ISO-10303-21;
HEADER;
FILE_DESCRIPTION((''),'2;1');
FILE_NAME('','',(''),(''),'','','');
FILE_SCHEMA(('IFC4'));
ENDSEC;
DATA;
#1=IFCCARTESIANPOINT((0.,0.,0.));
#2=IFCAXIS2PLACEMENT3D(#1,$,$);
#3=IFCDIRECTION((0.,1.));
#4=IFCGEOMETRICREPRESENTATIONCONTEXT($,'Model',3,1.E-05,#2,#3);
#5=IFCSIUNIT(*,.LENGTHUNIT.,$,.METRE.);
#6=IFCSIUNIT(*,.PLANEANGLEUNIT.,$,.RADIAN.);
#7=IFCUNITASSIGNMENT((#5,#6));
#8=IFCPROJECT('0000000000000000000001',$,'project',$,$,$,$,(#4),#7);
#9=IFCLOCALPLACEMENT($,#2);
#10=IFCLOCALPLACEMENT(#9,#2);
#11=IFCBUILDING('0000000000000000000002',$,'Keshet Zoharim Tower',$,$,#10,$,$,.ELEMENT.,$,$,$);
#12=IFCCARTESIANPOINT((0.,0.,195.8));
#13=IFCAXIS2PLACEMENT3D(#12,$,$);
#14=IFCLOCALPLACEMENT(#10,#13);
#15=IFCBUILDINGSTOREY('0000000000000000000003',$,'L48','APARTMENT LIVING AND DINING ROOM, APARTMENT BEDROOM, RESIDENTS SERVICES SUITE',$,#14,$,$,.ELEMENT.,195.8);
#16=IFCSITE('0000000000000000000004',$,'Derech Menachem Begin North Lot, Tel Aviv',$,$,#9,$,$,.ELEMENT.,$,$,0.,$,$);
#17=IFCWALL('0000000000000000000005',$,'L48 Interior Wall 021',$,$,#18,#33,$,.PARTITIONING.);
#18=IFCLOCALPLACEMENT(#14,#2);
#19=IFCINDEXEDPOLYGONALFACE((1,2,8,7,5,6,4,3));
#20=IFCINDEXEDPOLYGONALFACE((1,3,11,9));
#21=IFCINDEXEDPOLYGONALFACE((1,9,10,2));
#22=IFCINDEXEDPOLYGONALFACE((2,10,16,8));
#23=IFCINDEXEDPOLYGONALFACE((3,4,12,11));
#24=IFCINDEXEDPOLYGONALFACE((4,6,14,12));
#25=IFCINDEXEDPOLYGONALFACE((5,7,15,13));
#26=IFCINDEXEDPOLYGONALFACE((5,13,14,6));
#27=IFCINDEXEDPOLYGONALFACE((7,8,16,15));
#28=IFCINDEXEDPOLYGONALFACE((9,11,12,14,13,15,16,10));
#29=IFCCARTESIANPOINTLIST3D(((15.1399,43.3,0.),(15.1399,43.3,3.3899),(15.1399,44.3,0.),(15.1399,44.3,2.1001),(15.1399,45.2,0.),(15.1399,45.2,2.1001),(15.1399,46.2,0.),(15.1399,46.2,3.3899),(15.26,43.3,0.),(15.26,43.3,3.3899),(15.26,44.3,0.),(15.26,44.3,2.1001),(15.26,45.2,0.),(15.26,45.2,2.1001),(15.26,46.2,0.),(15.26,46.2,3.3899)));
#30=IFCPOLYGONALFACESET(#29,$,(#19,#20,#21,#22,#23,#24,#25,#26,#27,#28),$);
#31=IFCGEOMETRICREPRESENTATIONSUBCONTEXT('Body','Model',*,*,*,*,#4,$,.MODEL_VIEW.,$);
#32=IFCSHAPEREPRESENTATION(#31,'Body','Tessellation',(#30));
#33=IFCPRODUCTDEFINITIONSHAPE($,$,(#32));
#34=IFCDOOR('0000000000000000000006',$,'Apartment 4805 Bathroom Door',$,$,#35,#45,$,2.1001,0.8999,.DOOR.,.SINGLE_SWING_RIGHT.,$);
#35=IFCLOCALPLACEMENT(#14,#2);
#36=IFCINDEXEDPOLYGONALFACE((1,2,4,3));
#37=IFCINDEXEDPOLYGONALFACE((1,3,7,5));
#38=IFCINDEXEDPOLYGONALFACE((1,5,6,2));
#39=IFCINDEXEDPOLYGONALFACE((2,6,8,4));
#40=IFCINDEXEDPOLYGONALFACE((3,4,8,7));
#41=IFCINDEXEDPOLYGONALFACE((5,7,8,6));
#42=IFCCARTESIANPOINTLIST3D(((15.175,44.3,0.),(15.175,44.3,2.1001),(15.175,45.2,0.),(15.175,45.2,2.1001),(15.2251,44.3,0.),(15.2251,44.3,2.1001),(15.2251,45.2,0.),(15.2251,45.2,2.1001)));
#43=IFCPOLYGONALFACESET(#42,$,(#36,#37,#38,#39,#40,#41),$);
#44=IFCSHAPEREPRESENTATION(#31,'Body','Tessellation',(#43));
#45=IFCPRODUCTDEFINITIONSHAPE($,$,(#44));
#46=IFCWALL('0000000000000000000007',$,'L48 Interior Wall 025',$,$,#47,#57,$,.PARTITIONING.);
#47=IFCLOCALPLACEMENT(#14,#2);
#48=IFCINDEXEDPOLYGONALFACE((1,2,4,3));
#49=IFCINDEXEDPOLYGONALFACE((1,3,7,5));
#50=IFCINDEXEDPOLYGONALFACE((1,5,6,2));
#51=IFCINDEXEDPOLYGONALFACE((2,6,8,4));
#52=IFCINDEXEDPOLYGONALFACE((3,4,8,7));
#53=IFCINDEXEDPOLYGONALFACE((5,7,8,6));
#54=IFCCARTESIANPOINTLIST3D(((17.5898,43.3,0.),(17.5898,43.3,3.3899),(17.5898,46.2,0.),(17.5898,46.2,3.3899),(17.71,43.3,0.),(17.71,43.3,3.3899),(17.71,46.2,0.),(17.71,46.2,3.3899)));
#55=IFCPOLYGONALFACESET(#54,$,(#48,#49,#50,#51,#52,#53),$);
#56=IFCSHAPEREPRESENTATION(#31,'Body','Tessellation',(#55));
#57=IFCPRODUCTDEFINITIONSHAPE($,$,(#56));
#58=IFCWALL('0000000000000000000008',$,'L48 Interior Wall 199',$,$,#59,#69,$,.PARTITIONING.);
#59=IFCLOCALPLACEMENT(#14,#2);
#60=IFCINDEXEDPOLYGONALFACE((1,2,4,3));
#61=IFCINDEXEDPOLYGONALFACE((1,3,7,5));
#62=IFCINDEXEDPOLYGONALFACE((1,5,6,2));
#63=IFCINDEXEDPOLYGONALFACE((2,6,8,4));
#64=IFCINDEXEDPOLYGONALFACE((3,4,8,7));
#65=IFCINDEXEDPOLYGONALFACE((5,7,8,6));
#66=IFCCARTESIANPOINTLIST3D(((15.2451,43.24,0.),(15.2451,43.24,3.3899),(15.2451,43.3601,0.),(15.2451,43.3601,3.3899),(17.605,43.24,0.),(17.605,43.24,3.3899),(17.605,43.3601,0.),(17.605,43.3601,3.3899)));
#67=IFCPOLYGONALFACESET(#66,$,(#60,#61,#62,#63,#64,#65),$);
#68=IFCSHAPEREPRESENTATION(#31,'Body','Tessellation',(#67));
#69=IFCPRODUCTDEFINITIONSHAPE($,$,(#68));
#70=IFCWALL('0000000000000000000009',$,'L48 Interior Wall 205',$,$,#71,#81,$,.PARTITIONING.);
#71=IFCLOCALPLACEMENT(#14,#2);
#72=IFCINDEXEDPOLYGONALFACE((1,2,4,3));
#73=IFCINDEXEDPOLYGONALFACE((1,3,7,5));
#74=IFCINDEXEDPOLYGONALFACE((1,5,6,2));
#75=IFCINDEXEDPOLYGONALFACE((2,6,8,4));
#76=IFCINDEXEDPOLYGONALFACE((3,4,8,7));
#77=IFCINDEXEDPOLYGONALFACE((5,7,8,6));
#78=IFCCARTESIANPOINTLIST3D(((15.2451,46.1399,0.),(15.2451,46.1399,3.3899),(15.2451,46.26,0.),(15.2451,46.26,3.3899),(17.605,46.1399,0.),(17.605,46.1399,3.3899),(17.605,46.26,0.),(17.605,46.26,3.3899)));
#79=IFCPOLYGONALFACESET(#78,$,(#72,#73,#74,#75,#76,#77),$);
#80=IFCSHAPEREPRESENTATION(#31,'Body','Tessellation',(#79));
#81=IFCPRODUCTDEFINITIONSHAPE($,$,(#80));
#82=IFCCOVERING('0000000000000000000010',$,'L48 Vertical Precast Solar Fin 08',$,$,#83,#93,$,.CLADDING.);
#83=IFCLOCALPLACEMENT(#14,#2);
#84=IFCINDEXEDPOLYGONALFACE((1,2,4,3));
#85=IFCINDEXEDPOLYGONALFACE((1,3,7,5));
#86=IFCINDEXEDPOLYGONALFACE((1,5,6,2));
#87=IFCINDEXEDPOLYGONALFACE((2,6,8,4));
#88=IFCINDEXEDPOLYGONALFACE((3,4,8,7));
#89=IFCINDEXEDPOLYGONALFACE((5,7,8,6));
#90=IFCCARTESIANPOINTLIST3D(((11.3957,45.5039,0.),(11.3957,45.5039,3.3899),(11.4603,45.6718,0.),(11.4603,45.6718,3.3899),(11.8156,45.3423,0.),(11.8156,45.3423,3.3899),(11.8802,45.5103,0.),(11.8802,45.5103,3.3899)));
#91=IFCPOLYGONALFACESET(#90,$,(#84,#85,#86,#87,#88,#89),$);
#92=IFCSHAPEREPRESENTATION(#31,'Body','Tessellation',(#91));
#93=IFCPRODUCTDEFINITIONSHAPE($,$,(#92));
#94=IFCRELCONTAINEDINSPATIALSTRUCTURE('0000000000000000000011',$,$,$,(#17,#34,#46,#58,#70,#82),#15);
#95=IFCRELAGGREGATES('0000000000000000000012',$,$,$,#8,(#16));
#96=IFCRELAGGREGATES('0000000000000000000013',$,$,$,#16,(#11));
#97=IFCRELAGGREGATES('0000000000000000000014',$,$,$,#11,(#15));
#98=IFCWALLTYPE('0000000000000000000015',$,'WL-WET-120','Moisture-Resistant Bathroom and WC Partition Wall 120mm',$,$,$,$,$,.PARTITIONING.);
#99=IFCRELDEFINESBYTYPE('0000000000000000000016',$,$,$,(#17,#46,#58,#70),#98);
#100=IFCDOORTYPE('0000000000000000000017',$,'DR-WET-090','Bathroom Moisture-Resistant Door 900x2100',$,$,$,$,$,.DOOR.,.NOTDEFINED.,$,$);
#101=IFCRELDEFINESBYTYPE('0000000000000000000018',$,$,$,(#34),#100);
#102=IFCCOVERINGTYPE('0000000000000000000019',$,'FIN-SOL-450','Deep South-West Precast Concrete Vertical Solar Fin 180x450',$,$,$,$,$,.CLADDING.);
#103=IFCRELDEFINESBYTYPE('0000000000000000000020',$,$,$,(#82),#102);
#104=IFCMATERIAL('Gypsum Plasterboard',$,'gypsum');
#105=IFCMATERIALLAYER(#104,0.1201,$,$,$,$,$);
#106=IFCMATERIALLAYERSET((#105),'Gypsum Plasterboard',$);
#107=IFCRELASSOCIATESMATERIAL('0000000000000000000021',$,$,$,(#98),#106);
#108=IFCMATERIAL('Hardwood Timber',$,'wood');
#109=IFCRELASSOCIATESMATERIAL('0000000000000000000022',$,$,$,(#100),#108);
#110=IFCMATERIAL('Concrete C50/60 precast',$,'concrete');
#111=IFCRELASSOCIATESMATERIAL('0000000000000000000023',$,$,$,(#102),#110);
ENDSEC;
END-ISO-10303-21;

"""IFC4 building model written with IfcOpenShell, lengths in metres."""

from ifc_helpers import new_model, si_unit, direction, frame, frame_2d, origin, origin_2d, place, context, subcontext, project, spatial, rectangle, extrude, material, layer, layer_set, type_object, element, fill, save


model = new_model("IFC4")

# Units and contexts
model_context = context("Model", 3, precision=1e-05, world=origin(), true_north=direction((0.0, 1.0)))
body_context = subcontext(model_context, "Body", "Model", "MODEL_VIEW")
ifc_project = project(units=[si_unit("LENGTHUNIT", "METRE"), si_unit("PLANEANGLEUNIT", "RADIAN")], contexts=[model_context])

# Site, building, storey
site_placement = place(None, origin())
site = spatial("IfcSite", under=ifc_project, at=site_placement, Name="Derech Menachem Begin North Lot, Tel Aviv", CompositionType="ELEMENT", RefElevation=0.0)
building_placement = place(site_placement, origin())
building = spatial("IfcBuilding", under=site, at=building_placement, Name="Keshet Zoharim Tower", CompositionType="ELEMENT")
storey_placement = place(building_placement, frame((0.0, 0.0, 195.8)))
storey = spatial("IfcBuildingStorey", under=building, at=storey_placement, Name="L48", Description="APARTMENT LIVING AND DINING ROOM, APARTMENT BEDROOM, RESIDENTS SERVICES SUITE", CompositionType="ELEMENT", Elevation=195.8)

# Shared definitions
ifc_material_1 = material(Name="Gypsum Plasterboard", Category="gypsum")

# Shared definitions
ifc_material_2 = material(Name="Hardwood Timber", Category="wood")

# Wall, opening, door
ifc_layer_1 = layer(ifc_material_1, 0.1201)
ifc_layer_set_1 = layer_set([ifc_layer_1], Name="Gypsum Plasterboard")
wall_type_1 = type_object("IfcWallType", Name="WL-WET-120", Description="Moisture-Resistant Bathroom and WC Partition Wall 120mm", PredefinedType="PARTITIONING", material=ifc_layer_set_1)
wall_1_placement = place(storey_placement, frame((15.2, 43.3, 0.0), z_axis=(0.0, 0.0, 1.0), x_axis=(0.0, 1.0, 0.0)))
wall_1 = element("IfcWall", 1, at=wall_1_placement, inside=storey, type_object=wall_type_1, Name="L48 Interior Wall 021", PredefinedType="PARTITIONING", context=body_context, shape_type="SweptSolid", body=[
    extrude(rectangle(XDim=2.8999, YDim=0.1201, at=frame_2d((1.45, 0.0))), origin(), (0.0, 0.0, 1.0), 3.3899),
])
opening_1_placement = place(wall_1_placement, frame((1.0, 0.0, 0.0)))
opening_1 = element("IfcOpeningElement", 2, at=opening_1_placement, cuts=wall_1, PredefinedType="OPENING", context=body_context, shape_type="SweptSolid", body=[
    extrude(rectangle(XDim=0.8999, YDim=2.1001, at=frame_2d((0.45, 1.05))), frame((0.0, 0.0701, 0.0), z_axis=(0.0, -1.0, 0.0), x_axis=(1.0, 0.0, 0.0)), (0.0, 0.0, 1.0), 0.1401),
])
door_type_1 = type_object("IfcDoorType", Name="DR-WET-090", Description="Bathroom Moisture-Resistant Door 900x2100", OperationType="NOTDEFINED", PredefinedType="DOOR", material=ifc_material_2)
door_1_placement = place(opening_1_placement, origin())
door_1 = element("IfcDoor", 3, at=door_1_placement, inside=storey, type_object=door_type_1, Name="Apartment 4805 Bathroom Door", OperationType="SINGLE_SWING_RIGHT", OverallHeight=2.1001, OverallWidth=0.8999, PredefinedType="DOOR", context=body_context, shape_type="SweptSolid", body=[
    extrude(rectangle(XDim=0.8999, YDim=2.1001, at=frame_2d((0.45, 1.05))), frame((0.0, 0.0249, 0.0), z_axis=(0.0, -1.0, 0.0), x_axis=(1.0, 0.0, 0.0)), (0.0, 0.0, 1.0), 0.05),
])
fill(opening_1, door_1)

# Walls
wall_2_placement = place(storey_placement, frame((17.6499, 43.3, 0.0), z_axis=(0.0, 0.0, 1.0), x_axis=(0.0, 1.0, 0.0)))
element("IfcWall", 4, at=wall_2_placement, inside=storey, type_object=wall_type_1, Name="L48 Interior Wall 025", PredefinedType="PARTITIONING", context=body_context, shape_type="SweptSolid", body=[
    extrude(rectangle(XDim=2.8999, YDim=0.1201, at=frame_2d((1.45, 0.0))), origin(), (0.0, 0.0, 1.0), 3.3899),
])
for number, where, z_axis, x_axis, name in (
    (5, (15.2451, 43.3, 0.0), (0.0, 0.0, 1.0), (1.0, 0.0, 0.0), "L48 Interior Wall 199"),
    (6, (15.2451, 46.2, 0.0), (0.0, 0.0, 1.0), (1.0, 0.0, 0.0), "L48 Interior Wall 205"),
):
    element("IfcWall", number, at=place(storey_placement, frame(where, z_axis=z_axis, x_axis=x_axis)), inside=storey, type_object=wall_type_1, Name=name, PredefinedType="PARTITIONING", context=body_context, shape_type="SweptSolid", body=[
        extrude(rectangle(XDim=2.3599, YDim=0.1201, at=frame_2d((1.1799, 0.0))), origin(), (0.0, 0.0, 1.0), 3.3899),
    ])

# Covering
ifc_material_3 = material(Name="Concrete C50/60 precast", Category="concrete")
covering_type = type_object("IfcCoveringType", Name="FIN-SOL-450", Description="Deep South-West Precast Concrete Vertical Solar Fin 180x450", PredefinedType="CLADDING", material=ifc_material_3)
covering_placement = place(storey_placement, frame((11.6379, 45.5071, 0.0), z_axis=(0.0, 0.0, 1.0), x_axis=(0.35899, 0.933341, 0.0)))
element("IfcCovering", 7, at=covering_placement, inside=storey, type_object=covering_type, Name="L48 Vertical Precast Solar Fin 08", PredefinedType="CLADDING", context=body_context, shape_type="SweptSolid", body=[
    extrude(rectangle(XDim=0.1799, YDim=0.45, at=origin_2d()), origin(), (0.0, 0.0, 1.0), 3.3899),
])

save(model, "model.ifc")
